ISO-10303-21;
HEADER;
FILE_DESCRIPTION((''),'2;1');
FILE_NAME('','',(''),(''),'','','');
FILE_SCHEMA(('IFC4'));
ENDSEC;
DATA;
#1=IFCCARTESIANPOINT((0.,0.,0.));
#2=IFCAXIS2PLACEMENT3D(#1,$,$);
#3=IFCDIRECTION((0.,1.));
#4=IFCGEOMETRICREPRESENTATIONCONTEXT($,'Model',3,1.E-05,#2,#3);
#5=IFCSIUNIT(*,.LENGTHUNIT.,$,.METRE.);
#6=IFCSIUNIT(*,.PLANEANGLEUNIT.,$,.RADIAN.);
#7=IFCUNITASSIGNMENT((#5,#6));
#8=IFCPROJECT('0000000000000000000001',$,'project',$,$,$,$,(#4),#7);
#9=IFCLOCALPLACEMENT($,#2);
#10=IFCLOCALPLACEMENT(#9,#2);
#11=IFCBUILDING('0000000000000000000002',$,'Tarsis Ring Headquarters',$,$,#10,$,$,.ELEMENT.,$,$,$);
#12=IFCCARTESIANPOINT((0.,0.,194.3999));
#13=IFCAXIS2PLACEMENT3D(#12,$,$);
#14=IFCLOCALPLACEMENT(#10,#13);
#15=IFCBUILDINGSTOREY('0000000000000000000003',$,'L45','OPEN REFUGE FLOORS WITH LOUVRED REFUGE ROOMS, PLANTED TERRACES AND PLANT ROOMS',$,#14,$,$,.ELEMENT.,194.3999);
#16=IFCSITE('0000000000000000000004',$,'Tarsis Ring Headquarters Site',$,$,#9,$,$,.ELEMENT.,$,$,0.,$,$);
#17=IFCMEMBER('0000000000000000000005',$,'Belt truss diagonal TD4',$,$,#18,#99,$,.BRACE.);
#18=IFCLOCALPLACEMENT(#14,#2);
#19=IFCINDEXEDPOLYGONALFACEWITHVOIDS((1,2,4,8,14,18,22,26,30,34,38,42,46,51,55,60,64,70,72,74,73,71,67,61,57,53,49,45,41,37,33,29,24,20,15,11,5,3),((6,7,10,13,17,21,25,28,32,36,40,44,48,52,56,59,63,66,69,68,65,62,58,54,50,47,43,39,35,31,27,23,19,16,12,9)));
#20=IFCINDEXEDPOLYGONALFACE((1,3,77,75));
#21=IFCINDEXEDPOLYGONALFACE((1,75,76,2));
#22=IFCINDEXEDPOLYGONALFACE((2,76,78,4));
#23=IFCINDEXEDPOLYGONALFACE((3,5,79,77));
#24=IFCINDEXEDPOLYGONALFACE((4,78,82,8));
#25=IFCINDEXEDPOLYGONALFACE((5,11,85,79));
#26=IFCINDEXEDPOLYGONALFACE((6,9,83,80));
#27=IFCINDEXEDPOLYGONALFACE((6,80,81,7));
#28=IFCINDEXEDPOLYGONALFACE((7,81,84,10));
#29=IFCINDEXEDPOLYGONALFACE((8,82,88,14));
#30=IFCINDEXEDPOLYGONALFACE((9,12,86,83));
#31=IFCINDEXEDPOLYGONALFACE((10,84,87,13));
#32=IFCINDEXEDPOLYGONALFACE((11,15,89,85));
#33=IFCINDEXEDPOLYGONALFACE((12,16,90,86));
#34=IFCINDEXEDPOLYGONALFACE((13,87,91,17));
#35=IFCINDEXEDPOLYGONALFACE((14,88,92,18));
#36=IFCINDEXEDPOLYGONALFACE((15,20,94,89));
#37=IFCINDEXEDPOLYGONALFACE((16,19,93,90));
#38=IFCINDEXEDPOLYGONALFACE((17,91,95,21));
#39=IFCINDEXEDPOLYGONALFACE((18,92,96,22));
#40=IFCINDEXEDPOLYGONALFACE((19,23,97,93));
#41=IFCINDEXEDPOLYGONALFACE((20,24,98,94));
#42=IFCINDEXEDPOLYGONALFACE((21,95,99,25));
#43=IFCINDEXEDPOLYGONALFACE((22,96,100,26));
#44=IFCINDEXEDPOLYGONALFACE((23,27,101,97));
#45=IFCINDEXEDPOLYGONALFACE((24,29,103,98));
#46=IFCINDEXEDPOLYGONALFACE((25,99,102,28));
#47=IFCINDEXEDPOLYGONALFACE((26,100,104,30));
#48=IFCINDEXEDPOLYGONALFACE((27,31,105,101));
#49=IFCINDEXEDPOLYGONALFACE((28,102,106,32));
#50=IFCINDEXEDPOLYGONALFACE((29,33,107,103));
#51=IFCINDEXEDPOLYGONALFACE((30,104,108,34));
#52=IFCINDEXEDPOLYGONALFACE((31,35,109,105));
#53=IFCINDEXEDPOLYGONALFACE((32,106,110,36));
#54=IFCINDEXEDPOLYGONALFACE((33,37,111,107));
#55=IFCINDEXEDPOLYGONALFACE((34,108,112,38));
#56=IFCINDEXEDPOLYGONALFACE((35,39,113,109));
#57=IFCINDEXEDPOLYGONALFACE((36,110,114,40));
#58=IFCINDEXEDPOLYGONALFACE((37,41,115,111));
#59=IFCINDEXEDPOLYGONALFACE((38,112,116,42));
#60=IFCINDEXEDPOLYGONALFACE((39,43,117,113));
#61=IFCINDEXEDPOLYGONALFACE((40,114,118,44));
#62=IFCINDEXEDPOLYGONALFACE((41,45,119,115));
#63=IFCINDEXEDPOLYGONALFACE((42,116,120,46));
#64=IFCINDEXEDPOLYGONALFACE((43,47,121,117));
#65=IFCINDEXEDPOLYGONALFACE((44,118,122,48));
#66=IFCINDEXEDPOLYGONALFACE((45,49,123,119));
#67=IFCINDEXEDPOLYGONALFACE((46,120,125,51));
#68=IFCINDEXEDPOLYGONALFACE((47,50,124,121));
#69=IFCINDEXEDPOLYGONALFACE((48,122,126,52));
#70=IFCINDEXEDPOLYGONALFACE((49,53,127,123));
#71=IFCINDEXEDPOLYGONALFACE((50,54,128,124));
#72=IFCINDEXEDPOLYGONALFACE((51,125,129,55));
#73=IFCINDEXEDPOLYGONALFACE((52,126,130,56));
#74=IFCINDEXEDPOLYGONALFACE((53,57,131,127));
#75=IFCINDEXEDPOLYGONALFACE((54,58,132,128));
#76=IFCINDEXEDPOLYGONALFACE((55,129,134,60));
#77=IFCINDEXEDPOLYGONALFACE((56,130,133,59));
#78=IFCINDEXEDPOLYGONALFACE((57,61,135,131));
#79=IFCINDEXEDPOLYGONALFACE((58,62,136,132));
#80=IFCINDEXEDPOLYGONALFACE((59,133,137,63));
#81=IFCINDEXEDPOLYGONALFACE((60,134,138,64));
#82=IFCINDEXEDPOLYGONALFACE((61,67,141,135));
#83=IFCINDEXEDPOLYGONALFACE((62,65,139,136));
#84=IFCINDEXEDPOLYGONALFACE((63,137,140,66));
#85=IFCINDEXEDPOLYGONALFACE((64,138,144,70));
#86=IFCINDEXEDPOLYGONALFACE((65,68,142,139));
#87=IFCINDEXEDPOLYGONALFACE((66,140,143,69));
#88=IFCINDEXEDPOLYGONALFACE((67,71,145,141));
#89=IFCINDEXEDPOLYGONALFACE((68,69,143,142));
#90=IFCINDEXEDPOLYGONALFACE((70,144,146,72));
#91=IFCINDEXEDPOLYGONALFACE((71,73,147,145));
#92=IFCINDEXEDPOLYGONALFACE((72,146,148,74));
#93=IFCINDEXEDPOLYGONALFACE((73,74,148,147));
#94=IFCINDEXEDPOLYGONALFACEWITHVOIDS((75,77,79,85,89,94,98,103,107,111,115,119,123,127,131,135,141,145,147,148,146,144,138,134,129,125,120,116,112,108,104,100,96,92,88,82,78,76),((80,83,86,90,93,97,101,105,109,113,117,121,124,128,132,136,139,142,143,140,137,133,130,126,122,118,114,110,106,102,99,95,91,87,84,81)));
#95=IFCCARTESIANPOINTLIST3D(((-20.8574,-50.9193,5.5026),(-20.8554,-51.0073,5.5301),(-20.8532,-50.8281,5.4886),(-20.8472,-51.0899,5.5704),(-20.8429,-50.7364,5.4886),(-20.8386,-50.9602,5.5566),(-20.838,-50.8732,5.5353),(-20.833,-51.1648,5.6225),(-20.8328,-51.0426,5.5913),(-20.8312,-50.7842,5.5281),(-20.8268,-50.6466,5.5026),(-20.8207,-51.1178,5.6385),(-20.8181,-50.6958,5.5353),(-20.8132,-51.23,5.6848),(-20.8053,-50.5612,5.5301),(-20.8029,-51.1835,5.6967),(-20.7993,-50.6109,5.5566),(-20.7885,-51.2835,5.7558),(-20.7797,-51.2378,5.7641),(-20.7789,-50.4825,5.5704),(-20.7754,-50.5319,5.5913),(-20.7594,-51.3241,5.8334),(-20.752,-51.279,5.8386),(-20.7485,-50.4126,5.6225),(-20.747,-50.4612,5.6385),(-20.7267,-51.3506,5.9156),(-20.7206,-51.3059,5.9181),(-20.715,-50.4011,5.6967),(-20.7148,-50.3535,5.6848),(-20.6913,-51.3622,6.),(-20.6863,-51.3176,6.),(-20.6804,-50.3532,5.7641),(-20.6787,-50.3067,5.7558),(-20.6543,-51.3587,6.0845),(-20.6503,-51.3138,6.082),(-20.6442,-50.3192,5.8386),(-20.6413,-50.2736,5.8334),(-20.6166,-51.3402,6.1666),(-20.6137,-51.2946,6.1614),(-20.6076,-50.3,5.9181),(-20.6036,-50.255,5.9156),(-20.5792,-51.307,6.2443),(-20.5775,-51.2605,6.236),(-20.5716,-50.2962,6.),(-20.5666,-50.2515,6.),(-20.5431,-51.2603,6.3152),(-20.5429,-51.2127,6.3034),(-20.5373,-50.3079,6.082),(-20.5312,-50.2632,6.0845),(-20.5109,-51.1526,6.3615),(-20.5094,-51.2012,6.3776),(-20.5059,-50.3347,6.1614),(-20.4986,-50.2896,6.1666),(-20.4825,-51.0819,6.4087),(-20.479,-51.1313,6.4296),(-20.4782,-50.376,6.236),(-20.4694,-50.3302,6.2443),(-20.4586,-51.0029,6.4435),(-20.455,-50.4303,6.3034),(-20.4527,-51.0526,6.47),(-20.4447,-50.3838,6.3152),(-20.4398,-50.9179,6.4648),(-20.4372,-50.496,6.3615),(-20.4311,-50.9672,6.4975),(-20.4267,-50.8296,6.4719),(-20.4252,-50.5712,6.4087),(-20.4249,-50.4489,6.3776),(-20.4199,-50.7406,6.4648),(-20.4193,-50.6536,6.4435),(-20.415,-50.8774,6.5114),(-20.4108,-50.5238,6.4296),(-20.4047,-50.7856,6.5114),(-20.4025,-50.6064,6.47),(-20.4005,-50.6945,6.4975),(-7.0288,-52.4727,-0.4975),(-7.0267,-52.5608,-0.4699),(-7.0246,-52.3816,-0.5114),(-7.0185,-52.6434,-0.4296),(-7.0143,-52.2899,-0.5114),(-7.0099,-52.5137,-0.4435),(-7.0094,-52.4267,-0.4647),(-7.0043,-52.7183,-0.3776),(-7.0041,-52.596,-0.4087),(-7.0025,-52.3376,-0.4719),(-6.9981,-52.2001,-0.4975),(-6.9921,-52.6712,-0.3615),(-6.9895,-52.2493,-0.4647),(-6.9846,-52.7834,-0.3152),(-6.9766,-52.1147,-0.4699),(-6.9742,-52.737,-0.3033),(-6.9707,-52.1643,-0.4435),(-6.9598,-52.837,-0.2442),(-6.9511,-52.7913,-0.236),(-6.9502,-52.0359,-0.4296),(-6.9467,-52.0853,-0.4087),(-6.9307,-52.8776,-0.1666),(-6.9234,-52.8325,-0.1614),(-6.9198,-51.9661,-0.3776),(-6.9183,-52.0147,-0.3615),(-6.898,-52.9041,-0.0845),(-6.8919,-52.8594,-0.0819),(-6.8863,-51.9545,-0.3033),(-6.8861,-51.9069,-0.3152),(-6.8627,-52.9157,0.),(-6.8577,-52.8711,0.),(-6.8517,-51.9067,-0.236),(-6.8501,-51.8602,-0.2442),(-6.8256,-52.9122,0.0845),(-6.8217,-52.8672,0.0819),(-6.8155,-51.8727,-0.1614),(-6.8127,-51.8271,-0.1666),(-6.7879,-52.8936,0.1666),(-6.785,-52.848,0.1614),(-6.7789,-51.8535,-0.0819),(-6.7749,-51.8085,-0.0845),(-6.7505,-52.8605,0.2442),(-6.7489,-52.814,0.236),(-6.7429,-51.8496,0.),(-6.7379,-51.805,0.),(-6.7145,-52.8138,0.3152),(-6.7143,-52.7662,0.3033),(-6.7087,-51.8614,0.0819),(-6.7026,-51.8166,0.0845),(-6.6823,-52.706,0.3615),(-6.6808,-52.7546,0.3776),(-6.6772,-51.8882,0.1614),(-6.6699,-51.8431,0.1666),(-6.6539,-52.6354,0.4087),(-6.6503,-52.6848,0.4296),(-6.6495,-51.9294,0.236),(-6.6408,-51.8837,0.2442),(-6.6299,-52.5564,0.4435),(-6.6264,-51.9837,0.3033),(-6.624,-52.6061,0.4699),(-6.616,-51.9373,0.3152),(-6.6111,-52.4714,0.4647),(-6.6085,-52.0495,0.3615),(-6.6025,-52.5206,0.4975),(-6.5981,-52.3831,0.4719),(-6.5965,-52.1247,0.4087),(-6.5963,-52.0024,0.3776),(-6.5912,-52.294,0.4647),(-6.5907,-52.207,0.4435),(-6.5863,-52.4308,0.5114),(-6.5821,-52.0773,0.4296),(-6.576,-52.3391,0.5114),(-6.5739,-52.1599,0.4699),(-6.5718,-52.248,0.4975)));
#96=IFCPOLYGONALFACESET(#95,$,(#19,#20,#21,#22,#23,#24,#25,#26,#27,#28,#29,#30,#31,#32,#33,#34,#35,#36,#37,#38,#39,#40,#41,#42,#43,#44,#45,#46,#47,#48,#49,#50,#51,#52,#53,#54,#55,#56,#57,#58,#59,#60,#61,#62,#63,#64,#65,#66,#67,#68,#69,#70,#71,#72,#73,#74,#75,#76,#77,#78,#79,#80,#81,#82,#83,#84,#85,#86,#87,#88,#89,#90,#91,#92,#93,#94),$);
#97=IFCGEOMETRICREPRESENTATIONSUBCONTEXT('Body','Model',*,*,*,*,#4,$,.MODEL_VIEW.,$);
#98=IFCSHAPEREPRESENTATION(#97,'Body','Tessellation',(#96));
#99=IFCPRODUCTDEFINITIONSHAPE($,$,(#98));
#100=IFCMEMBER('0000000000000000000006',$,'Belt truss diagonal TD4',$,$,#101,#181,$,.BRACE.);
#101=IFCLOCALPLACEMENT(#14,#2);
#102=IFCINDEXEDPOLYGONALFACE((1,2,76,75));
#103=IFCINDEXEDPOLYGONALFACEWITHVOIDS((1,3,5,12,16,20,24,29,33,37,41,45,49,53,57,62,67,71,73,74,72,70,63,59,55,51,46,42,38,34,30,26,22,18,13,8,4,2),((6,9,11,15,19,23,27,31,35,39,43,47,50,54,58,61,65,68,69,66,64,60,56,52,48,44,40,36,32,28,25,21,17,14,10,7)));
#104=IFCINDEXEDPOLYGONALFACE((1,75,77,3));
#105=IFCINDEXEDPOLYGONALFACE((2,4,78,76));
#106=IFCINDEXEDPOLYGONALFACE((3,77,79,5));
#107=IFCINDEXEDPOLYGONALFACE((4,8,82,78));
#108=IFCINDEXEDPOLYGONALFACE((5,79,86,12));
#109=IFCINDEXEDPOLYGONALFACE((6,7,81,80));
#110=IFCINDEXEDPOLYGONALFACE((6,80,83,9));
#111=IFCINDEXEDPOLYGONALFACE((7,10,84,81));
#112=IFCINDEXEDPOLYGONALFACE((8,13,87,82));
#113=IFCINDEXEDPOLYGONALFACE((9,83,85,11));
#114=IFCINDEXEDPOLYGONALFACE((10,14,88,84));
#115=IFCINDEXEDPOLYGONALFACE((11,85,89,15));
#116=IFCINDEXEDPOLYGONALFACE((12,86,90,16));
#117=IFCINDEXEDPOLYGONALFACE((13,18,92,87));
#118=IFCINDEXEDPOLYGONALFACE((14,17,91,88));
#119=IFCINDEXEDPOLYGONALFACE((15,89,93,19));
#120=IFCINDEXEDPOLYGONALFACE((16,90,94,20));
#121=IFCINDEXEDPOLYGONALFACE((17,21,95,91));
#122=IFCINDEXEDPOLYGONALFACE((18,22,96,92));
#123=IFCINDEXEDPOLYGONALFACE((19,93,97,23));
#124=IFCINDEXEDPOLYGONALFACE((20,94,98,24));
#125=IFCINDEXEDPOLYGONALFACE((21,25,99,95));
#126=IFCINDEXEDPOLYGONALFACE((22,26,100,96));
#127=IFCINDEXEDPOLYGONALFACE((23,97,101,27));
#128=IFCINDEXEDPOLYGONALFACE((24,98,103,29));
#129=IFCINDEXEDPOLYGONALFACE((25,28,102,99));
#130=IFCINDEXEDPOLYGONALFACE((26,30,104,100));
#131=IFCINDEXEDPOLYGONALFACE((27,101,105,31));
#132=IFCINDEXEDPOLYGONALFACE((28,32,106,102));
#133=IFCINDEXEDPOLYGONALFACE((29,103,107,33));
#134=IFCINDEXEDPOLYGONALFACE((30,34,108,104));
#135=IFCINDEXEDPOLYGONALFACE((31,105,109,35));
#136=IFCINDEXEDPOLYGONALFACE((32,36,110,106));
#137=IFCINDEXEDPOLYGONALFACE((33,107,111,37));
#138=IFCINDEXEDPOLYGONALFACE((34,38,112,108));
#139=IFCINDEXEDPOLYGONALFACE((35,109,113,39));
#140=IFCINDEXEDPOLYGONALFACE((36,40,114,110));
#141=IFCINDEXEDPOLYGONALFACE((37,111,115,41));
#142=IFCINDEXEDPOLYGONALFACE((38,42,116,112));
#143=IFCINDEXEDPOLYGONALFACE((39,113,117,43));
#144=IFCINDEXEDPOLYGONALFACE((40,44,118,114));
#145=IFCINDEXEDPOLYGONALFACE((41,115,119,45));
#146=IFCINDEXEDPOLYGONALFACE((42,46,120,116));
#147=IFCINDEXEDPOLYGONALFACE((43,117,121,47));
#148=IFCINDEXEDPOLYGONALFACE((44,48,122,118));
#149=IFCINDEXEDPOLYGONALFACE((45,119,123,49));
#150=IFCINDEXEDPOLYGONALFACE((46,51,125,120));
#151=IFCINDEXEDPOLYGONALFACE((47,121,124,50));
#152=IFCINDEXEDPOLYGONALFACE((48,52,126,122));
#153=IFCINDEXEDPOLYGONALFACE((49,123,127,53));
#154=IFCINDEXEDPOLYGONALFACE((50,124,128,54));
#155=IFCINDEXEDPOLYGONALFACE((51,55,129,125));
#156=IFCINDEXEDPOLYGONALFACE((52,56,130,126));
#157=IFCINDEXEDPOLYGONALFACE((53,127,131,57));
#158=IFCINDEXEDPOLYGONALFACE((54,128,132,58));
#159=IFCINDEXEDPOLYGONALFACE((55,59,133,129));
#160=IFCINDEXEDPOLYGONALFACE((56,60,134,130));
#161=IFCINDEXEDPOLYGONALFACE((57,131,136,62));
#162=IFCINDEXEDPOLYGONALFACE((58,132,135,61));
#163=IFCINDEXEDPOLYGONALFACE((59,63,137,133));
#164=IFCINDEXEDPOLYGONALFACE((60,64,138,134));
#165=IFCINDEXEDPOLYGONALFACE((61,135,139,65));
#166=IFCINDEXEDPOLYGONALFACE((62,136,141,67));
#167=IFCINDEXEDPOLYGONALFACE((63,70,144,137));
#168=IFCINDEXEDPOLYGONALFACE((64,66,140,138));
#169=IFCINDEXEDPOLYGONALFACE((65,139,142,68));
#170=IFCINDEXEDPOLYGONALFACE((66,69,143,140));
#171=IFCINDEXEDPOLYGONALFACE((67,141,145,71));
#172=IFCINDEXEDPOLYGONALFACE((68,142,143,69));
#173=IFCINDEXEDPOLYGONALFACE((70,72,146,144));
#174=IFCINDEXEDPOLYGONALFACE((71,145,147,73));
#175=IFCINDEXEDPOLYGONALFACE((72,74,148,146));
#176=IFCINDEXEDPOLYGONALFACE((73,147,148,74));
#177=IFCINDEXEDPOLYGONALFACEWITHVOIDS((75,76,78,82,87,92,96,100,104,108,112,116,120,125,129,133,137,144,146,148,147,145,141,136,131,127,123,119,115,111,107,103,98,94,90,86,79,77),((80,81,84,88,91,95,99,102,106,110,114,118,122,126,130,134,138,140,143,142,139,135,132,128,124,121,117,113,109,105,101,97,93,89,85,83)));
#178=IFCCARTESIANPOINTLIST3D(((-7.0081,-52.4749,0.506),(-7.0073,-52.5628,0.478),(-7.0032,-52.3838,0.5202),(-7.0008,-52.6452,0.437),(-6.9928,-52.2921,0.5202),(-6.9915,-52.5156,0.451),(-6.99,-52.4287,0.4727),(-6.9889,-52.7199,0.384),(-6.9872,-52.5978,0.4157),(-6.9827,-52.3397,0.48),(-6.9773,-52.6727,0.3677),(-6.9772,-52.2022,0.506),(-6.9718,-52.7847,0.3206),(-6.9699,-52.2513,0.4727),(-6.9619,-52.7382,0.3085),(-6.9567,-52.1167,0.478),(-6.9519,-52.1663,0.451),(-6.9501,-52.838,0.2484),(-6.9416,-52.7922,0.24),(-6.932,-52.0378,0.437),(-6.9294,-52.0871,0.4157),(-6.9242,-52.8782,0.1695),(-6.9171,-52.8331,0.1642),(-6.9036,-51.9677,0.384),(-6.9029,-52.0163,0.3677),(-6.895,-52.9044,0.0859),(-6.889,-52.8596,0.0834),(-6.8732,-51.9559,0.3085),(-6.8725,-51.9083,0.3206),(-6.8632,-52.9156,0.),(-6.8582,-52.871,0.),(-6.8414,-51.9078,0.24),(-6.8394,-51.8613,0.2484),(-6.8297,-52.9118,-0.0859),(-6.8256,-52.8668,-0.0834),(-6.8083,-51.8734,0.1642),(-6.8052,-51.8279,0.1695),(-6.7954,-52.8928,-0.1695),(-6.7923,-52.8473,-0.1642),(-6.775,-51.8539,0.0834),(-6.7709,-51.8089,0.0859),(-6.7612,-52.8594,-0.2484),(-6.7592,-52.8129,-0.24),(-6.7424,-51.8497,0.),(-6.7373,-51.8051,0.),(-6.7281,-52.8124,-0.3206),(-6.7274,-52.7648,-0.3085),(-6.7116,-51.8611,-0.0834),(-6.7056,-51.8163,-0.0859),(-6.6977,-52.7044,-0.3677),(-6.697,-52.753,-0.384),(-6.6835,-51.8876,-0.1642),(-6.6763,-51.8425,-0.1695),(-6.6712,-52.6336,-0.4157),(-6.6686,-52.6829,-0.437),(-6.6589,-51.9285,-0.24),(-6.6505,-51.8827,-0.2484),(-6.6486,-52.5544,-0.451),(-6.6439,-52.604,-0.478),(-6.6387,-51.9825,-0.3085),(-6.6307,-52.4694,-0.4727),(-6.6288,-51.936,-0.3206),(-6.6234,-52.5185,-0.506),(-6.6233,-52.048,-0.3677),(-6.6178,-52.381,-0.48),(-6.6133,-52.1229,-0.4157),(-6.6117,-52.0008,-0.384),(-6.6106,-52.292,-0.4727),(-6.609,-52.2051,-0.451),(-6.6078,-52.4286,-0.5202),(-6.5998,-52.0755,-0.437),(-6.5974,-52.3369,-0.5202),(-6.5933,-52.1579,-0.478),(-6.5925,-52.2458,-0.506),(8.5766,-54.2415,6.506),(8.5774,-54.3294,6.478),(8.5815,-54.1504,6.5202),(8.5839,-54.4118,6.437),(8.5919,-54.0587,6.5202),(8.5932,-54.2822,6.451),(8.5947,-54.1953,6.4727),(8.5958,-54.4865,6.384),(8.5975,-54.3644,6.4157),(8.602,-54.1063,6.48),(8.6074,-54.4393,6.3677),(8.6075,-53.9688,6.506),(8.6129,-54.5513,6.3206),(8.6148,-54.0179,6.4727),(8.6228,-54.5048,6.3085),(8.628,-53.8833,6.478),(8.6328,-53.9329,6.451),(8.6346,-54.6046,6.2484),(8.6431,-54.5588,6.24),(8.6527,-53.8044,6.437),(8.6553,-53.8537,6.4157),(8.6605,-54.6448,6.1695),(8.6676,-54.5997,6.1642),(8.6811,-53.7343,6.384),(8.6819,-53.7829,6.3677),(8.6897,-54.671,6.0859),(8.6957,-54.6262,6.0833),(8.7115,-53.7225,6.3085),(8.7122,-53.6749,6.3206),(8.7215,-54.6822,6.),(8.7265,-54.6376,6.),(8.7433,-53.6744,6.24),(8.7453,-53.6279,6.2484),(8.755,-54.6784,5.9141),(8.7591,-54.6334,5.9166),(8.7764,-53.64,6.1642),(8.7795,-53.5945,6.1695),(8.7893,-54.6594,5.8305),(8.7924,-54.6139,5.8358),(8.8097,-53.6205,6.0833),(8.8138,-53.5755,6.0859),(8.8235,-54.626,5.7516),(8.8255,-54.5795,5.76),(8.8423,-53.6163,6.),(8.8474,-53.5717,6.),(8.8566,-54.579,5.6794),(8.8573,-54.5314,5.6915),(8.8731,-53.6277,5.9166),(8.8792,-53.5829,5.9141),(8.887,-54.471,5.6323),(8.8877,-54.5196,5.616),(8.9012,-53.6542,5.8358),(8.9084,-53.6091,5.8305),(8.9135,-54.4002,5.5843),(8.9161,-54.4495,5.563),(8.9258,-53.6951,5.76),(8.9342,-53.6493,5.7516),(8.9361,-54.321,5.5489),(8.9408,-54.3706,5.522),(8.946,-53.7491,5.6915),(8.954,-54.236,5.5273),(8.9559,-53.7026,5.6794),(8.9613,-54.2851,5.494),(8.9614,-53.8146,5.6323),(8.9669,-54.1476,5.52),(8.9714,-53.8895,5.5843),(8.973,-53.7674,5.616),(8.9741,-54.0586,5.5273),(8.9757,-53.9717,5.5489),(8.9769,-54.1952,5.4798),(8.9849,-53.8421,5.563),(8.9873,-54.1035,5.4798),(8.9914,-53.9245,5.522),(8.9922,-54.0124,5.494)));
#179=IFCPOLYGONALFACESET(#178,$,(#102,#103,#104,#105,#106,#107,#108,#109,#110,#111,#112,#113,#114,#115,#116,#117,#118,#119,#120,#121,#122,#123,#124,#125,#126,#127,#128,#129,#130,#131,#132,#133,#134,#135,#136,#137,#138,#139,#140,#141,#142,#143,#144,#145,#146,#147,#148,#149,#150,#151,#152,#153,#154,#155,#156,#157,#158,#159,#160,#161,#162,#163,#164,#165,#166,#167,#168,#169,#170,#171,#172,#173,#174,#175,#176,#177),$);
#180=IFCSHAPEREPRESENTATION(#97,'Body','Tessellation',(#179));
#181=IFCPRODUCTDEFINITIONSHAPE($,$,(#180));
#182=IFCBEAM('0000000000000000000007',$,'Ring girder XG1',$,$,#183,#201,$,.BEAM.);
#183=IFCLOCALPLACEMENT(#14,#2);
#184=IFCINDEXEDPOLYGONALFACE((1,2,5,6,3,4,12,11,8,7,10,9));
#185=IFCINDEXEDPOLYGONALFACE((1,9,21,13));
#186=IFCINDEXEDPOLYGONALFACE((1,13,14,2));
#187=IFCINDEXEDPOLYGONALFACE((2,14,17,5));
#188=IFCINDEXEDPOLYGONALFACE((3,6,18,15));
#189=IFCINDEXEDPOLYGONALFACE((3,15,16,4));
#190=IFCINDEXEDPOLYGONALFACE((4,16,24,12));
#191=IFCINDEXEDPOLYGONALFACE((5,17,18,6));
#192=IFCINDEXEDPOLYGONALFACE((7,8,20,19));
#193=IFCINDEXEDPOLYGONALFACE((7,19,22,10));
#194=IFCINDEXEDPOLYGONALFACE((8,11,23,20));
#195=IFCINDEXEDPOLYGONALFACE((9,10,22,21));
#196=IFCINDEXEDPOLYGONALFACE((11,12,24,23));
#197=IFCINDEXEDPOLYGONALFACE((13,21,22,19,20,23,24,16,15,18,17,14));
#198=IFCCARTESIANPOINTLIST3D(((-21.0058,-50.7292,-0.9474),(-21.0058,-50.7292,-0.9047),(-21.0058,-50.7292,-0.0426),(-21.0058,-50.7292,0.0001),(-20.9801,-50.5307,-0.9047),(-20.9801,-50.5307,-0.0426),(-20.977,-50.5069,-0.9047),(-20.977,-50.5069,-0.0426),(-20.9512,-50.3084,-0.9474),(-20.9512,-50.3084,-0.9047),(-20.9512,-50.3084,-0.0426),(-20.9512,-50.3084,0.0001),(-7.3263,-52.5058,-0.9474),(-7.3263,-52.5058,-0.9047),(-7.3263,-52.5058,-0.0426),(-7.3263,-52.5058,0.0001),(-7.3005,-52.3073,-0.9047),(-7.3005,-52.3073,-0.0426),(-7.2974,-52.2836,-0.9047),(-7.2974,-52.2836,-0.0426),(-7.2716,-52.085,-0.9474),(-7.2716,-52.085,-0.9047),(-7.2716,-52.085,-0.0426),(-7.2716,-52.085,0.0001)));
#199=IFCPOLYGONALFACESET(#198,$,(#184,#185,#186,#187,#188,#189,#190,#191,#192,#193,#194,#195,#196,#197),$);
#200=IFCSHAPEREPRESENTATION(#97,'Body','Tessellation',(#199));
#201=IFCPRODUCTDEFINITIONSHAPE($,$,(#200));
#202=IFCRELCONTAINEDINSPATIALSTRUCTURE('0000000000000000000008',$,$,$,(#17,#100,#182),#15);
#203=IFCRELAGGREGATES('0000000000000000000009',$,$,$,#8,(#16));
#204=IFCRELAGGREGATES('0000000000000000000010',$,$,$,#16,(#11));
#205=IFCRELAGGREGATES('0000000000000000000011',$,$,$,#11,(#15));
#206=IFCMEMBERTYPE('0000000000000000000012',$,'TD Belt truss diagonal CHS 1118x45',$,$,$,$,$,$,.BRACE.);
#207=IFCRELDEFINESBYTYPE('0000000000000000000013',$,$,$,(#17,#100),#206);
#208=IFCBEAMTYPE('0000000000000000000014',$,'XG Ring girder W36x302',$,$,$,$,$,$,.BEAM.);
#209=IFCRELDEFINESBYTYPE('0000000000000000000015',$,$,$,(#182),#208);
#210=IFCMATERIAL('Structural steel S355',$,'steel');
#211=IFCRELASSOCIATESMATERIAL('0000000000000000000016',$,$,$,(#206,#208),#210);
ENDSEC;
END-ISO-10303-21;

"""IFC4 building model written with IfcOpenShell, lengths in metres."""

from ifc_helpers import new_model, si_unit, direction, frame, origin, origin_2d, place, context, subcontext, project, spatial, hollow_circle, i_section, extrude, material, material_profile, profile_set, type_object, element, save


model = new_model("IFC4")

# Units and contexts
model_context = context("Model", 3, precision=1e-05, world=origin(), true_north=direction((0.0, 1.0)))
body_context = subcontext(model_context, "Body", "Model", "MODEL_VIEW")
ifc_project = project(units=[si_unit("LENGTHUNIT", "METRE"), si_unit("PLANEANGLEUNIT", "RADIAN")], contexts=[model_context])

# Site, building, storey
site_placement = place(None, origin())
site = spatial("IfcSite", under=ifc_project, at=site_placement, Name="Tarsis Ring Headquarters Site", CompositionType="ELEMENT", RefElevation=0.0)
building_placement = place(site_placement, origin())
building = spatial("IfcBuilding", under=site, at=building_placement, Name="Tarsis Ring Headquarters", CompositionType="ELEMENT")
storey_placement = place(building_placement, frame((0.0, 0.0, 194.3999)))
storey = spatial("IfcBuildingStorey", under=building, at=storey_placement, Name="L45", Description="OPEN REFUGE FLOORS WITH LOUVRED REFUGE ROOMS, PLANTED TERRACES AND PLANT ROOMS", CompositionType="ELEMENT", Elevation=194.3999)

# Shared definitions
ifc_material_1 = material(Name="Structural steel S355", Category="steel")
ifc_material_profile_1 = material_profile(ifc_material_1, hollow_circle(Radius=0.5588, WallThickness=0.0449, at=origin_2d()), Name="CHS 1118x45")
ifc_profile_set_1 = profile_set([ifc_material_profile_1], Name="Structural steel S355")

# Members
member_type_1 = type_object("IfcMemberType", Name="TD Belt truss diagonal CHS 1118x45", PredefinedType="BRACE", material=ifc_profile_set_1)
member_1_placement = place(storey_placement, frame((-6.8003, -52.3604, 0.0), z_axis=(-0.912539, 0.102512, 0.395935), x_axis=(-0.111635, -0.993749, 0.0)))
element("IfcMember", 1, at=member_1_placement, inside=storey, type_object=member_type_1, Name="Belt truss diagonal TD4", PredefinedType="BRACE", context=body_context, shape_type="SweptSolid", body=[
    extrude(hollow_circle(Radius=0.5588, WallThickness=0.0449, at=origin_2d()), origin(), (0.0, 0.0, 1.0), 15.1541),
])
member_2_placement = place(storey_placement, frame((-6.8003, -52.3604, 0.0), z_axis=(0.928049, -0.105199, 0.357292), x_axis=(0.112633, 0.993637, 0.0)))
element("IfcMember", 2, at=member_2_placement, inside=storey, type_object=member_type_1, Name="Belt truss diagonal TD4", PredefinedType="BRACE", context=body_context, shape_type="SweptSolid", body=[
    extrude(hollow_circle(Radius=0.5588, WallThickness=0.0449, at=origin_2d()), origin(), (0.0, 0.0, 1.0), 16.793),
])

# Beam
ifc_material_profile_2 = material_profile(ifc_material_1, i_section(OverallWidth=0.4243, OverallDepth=0.9475, WebThickness=0.0239, FlangeThickness=0.0427, at=origin_2d()), Name="W36x302")
ifc_profile_set_2 = profile_set([ifc_material_profile_2], Name="Structural steel S355")
beam_type_1 = type_object("IfcBeamType", Name="XG Ring girder W36x302", PredefinedType="BEAM", material=ifc_profile_set_2)
for number, where, z_axis, x_axis, name in (
    (3, (-20.9785, -50.5188, -0.4736), (0.991672, -0.128793, 0.0), (0.128793, 0.991672, 0.0), "Ring girder XG1"),
):
    element("IfcBeam", number, at=place(storey_placement, frame(where, z_axis=z_axis, x_axis=x_axis)), inside=storey, type_object=beam_type_1, Name=name, PredefinedType="BEAM", context=body_context, shape_type="SweptSolid", body=[
        extrude(i_section(OverallWidth=0.4243, OverallDepth=0.9475, WebThickness=0.0239, FlangeThickness=0.0427, at=origin_2d()), origin(), (0.0, 0.0, 1.0), 13.7944),
    ])

save(model, "model.ifc")
